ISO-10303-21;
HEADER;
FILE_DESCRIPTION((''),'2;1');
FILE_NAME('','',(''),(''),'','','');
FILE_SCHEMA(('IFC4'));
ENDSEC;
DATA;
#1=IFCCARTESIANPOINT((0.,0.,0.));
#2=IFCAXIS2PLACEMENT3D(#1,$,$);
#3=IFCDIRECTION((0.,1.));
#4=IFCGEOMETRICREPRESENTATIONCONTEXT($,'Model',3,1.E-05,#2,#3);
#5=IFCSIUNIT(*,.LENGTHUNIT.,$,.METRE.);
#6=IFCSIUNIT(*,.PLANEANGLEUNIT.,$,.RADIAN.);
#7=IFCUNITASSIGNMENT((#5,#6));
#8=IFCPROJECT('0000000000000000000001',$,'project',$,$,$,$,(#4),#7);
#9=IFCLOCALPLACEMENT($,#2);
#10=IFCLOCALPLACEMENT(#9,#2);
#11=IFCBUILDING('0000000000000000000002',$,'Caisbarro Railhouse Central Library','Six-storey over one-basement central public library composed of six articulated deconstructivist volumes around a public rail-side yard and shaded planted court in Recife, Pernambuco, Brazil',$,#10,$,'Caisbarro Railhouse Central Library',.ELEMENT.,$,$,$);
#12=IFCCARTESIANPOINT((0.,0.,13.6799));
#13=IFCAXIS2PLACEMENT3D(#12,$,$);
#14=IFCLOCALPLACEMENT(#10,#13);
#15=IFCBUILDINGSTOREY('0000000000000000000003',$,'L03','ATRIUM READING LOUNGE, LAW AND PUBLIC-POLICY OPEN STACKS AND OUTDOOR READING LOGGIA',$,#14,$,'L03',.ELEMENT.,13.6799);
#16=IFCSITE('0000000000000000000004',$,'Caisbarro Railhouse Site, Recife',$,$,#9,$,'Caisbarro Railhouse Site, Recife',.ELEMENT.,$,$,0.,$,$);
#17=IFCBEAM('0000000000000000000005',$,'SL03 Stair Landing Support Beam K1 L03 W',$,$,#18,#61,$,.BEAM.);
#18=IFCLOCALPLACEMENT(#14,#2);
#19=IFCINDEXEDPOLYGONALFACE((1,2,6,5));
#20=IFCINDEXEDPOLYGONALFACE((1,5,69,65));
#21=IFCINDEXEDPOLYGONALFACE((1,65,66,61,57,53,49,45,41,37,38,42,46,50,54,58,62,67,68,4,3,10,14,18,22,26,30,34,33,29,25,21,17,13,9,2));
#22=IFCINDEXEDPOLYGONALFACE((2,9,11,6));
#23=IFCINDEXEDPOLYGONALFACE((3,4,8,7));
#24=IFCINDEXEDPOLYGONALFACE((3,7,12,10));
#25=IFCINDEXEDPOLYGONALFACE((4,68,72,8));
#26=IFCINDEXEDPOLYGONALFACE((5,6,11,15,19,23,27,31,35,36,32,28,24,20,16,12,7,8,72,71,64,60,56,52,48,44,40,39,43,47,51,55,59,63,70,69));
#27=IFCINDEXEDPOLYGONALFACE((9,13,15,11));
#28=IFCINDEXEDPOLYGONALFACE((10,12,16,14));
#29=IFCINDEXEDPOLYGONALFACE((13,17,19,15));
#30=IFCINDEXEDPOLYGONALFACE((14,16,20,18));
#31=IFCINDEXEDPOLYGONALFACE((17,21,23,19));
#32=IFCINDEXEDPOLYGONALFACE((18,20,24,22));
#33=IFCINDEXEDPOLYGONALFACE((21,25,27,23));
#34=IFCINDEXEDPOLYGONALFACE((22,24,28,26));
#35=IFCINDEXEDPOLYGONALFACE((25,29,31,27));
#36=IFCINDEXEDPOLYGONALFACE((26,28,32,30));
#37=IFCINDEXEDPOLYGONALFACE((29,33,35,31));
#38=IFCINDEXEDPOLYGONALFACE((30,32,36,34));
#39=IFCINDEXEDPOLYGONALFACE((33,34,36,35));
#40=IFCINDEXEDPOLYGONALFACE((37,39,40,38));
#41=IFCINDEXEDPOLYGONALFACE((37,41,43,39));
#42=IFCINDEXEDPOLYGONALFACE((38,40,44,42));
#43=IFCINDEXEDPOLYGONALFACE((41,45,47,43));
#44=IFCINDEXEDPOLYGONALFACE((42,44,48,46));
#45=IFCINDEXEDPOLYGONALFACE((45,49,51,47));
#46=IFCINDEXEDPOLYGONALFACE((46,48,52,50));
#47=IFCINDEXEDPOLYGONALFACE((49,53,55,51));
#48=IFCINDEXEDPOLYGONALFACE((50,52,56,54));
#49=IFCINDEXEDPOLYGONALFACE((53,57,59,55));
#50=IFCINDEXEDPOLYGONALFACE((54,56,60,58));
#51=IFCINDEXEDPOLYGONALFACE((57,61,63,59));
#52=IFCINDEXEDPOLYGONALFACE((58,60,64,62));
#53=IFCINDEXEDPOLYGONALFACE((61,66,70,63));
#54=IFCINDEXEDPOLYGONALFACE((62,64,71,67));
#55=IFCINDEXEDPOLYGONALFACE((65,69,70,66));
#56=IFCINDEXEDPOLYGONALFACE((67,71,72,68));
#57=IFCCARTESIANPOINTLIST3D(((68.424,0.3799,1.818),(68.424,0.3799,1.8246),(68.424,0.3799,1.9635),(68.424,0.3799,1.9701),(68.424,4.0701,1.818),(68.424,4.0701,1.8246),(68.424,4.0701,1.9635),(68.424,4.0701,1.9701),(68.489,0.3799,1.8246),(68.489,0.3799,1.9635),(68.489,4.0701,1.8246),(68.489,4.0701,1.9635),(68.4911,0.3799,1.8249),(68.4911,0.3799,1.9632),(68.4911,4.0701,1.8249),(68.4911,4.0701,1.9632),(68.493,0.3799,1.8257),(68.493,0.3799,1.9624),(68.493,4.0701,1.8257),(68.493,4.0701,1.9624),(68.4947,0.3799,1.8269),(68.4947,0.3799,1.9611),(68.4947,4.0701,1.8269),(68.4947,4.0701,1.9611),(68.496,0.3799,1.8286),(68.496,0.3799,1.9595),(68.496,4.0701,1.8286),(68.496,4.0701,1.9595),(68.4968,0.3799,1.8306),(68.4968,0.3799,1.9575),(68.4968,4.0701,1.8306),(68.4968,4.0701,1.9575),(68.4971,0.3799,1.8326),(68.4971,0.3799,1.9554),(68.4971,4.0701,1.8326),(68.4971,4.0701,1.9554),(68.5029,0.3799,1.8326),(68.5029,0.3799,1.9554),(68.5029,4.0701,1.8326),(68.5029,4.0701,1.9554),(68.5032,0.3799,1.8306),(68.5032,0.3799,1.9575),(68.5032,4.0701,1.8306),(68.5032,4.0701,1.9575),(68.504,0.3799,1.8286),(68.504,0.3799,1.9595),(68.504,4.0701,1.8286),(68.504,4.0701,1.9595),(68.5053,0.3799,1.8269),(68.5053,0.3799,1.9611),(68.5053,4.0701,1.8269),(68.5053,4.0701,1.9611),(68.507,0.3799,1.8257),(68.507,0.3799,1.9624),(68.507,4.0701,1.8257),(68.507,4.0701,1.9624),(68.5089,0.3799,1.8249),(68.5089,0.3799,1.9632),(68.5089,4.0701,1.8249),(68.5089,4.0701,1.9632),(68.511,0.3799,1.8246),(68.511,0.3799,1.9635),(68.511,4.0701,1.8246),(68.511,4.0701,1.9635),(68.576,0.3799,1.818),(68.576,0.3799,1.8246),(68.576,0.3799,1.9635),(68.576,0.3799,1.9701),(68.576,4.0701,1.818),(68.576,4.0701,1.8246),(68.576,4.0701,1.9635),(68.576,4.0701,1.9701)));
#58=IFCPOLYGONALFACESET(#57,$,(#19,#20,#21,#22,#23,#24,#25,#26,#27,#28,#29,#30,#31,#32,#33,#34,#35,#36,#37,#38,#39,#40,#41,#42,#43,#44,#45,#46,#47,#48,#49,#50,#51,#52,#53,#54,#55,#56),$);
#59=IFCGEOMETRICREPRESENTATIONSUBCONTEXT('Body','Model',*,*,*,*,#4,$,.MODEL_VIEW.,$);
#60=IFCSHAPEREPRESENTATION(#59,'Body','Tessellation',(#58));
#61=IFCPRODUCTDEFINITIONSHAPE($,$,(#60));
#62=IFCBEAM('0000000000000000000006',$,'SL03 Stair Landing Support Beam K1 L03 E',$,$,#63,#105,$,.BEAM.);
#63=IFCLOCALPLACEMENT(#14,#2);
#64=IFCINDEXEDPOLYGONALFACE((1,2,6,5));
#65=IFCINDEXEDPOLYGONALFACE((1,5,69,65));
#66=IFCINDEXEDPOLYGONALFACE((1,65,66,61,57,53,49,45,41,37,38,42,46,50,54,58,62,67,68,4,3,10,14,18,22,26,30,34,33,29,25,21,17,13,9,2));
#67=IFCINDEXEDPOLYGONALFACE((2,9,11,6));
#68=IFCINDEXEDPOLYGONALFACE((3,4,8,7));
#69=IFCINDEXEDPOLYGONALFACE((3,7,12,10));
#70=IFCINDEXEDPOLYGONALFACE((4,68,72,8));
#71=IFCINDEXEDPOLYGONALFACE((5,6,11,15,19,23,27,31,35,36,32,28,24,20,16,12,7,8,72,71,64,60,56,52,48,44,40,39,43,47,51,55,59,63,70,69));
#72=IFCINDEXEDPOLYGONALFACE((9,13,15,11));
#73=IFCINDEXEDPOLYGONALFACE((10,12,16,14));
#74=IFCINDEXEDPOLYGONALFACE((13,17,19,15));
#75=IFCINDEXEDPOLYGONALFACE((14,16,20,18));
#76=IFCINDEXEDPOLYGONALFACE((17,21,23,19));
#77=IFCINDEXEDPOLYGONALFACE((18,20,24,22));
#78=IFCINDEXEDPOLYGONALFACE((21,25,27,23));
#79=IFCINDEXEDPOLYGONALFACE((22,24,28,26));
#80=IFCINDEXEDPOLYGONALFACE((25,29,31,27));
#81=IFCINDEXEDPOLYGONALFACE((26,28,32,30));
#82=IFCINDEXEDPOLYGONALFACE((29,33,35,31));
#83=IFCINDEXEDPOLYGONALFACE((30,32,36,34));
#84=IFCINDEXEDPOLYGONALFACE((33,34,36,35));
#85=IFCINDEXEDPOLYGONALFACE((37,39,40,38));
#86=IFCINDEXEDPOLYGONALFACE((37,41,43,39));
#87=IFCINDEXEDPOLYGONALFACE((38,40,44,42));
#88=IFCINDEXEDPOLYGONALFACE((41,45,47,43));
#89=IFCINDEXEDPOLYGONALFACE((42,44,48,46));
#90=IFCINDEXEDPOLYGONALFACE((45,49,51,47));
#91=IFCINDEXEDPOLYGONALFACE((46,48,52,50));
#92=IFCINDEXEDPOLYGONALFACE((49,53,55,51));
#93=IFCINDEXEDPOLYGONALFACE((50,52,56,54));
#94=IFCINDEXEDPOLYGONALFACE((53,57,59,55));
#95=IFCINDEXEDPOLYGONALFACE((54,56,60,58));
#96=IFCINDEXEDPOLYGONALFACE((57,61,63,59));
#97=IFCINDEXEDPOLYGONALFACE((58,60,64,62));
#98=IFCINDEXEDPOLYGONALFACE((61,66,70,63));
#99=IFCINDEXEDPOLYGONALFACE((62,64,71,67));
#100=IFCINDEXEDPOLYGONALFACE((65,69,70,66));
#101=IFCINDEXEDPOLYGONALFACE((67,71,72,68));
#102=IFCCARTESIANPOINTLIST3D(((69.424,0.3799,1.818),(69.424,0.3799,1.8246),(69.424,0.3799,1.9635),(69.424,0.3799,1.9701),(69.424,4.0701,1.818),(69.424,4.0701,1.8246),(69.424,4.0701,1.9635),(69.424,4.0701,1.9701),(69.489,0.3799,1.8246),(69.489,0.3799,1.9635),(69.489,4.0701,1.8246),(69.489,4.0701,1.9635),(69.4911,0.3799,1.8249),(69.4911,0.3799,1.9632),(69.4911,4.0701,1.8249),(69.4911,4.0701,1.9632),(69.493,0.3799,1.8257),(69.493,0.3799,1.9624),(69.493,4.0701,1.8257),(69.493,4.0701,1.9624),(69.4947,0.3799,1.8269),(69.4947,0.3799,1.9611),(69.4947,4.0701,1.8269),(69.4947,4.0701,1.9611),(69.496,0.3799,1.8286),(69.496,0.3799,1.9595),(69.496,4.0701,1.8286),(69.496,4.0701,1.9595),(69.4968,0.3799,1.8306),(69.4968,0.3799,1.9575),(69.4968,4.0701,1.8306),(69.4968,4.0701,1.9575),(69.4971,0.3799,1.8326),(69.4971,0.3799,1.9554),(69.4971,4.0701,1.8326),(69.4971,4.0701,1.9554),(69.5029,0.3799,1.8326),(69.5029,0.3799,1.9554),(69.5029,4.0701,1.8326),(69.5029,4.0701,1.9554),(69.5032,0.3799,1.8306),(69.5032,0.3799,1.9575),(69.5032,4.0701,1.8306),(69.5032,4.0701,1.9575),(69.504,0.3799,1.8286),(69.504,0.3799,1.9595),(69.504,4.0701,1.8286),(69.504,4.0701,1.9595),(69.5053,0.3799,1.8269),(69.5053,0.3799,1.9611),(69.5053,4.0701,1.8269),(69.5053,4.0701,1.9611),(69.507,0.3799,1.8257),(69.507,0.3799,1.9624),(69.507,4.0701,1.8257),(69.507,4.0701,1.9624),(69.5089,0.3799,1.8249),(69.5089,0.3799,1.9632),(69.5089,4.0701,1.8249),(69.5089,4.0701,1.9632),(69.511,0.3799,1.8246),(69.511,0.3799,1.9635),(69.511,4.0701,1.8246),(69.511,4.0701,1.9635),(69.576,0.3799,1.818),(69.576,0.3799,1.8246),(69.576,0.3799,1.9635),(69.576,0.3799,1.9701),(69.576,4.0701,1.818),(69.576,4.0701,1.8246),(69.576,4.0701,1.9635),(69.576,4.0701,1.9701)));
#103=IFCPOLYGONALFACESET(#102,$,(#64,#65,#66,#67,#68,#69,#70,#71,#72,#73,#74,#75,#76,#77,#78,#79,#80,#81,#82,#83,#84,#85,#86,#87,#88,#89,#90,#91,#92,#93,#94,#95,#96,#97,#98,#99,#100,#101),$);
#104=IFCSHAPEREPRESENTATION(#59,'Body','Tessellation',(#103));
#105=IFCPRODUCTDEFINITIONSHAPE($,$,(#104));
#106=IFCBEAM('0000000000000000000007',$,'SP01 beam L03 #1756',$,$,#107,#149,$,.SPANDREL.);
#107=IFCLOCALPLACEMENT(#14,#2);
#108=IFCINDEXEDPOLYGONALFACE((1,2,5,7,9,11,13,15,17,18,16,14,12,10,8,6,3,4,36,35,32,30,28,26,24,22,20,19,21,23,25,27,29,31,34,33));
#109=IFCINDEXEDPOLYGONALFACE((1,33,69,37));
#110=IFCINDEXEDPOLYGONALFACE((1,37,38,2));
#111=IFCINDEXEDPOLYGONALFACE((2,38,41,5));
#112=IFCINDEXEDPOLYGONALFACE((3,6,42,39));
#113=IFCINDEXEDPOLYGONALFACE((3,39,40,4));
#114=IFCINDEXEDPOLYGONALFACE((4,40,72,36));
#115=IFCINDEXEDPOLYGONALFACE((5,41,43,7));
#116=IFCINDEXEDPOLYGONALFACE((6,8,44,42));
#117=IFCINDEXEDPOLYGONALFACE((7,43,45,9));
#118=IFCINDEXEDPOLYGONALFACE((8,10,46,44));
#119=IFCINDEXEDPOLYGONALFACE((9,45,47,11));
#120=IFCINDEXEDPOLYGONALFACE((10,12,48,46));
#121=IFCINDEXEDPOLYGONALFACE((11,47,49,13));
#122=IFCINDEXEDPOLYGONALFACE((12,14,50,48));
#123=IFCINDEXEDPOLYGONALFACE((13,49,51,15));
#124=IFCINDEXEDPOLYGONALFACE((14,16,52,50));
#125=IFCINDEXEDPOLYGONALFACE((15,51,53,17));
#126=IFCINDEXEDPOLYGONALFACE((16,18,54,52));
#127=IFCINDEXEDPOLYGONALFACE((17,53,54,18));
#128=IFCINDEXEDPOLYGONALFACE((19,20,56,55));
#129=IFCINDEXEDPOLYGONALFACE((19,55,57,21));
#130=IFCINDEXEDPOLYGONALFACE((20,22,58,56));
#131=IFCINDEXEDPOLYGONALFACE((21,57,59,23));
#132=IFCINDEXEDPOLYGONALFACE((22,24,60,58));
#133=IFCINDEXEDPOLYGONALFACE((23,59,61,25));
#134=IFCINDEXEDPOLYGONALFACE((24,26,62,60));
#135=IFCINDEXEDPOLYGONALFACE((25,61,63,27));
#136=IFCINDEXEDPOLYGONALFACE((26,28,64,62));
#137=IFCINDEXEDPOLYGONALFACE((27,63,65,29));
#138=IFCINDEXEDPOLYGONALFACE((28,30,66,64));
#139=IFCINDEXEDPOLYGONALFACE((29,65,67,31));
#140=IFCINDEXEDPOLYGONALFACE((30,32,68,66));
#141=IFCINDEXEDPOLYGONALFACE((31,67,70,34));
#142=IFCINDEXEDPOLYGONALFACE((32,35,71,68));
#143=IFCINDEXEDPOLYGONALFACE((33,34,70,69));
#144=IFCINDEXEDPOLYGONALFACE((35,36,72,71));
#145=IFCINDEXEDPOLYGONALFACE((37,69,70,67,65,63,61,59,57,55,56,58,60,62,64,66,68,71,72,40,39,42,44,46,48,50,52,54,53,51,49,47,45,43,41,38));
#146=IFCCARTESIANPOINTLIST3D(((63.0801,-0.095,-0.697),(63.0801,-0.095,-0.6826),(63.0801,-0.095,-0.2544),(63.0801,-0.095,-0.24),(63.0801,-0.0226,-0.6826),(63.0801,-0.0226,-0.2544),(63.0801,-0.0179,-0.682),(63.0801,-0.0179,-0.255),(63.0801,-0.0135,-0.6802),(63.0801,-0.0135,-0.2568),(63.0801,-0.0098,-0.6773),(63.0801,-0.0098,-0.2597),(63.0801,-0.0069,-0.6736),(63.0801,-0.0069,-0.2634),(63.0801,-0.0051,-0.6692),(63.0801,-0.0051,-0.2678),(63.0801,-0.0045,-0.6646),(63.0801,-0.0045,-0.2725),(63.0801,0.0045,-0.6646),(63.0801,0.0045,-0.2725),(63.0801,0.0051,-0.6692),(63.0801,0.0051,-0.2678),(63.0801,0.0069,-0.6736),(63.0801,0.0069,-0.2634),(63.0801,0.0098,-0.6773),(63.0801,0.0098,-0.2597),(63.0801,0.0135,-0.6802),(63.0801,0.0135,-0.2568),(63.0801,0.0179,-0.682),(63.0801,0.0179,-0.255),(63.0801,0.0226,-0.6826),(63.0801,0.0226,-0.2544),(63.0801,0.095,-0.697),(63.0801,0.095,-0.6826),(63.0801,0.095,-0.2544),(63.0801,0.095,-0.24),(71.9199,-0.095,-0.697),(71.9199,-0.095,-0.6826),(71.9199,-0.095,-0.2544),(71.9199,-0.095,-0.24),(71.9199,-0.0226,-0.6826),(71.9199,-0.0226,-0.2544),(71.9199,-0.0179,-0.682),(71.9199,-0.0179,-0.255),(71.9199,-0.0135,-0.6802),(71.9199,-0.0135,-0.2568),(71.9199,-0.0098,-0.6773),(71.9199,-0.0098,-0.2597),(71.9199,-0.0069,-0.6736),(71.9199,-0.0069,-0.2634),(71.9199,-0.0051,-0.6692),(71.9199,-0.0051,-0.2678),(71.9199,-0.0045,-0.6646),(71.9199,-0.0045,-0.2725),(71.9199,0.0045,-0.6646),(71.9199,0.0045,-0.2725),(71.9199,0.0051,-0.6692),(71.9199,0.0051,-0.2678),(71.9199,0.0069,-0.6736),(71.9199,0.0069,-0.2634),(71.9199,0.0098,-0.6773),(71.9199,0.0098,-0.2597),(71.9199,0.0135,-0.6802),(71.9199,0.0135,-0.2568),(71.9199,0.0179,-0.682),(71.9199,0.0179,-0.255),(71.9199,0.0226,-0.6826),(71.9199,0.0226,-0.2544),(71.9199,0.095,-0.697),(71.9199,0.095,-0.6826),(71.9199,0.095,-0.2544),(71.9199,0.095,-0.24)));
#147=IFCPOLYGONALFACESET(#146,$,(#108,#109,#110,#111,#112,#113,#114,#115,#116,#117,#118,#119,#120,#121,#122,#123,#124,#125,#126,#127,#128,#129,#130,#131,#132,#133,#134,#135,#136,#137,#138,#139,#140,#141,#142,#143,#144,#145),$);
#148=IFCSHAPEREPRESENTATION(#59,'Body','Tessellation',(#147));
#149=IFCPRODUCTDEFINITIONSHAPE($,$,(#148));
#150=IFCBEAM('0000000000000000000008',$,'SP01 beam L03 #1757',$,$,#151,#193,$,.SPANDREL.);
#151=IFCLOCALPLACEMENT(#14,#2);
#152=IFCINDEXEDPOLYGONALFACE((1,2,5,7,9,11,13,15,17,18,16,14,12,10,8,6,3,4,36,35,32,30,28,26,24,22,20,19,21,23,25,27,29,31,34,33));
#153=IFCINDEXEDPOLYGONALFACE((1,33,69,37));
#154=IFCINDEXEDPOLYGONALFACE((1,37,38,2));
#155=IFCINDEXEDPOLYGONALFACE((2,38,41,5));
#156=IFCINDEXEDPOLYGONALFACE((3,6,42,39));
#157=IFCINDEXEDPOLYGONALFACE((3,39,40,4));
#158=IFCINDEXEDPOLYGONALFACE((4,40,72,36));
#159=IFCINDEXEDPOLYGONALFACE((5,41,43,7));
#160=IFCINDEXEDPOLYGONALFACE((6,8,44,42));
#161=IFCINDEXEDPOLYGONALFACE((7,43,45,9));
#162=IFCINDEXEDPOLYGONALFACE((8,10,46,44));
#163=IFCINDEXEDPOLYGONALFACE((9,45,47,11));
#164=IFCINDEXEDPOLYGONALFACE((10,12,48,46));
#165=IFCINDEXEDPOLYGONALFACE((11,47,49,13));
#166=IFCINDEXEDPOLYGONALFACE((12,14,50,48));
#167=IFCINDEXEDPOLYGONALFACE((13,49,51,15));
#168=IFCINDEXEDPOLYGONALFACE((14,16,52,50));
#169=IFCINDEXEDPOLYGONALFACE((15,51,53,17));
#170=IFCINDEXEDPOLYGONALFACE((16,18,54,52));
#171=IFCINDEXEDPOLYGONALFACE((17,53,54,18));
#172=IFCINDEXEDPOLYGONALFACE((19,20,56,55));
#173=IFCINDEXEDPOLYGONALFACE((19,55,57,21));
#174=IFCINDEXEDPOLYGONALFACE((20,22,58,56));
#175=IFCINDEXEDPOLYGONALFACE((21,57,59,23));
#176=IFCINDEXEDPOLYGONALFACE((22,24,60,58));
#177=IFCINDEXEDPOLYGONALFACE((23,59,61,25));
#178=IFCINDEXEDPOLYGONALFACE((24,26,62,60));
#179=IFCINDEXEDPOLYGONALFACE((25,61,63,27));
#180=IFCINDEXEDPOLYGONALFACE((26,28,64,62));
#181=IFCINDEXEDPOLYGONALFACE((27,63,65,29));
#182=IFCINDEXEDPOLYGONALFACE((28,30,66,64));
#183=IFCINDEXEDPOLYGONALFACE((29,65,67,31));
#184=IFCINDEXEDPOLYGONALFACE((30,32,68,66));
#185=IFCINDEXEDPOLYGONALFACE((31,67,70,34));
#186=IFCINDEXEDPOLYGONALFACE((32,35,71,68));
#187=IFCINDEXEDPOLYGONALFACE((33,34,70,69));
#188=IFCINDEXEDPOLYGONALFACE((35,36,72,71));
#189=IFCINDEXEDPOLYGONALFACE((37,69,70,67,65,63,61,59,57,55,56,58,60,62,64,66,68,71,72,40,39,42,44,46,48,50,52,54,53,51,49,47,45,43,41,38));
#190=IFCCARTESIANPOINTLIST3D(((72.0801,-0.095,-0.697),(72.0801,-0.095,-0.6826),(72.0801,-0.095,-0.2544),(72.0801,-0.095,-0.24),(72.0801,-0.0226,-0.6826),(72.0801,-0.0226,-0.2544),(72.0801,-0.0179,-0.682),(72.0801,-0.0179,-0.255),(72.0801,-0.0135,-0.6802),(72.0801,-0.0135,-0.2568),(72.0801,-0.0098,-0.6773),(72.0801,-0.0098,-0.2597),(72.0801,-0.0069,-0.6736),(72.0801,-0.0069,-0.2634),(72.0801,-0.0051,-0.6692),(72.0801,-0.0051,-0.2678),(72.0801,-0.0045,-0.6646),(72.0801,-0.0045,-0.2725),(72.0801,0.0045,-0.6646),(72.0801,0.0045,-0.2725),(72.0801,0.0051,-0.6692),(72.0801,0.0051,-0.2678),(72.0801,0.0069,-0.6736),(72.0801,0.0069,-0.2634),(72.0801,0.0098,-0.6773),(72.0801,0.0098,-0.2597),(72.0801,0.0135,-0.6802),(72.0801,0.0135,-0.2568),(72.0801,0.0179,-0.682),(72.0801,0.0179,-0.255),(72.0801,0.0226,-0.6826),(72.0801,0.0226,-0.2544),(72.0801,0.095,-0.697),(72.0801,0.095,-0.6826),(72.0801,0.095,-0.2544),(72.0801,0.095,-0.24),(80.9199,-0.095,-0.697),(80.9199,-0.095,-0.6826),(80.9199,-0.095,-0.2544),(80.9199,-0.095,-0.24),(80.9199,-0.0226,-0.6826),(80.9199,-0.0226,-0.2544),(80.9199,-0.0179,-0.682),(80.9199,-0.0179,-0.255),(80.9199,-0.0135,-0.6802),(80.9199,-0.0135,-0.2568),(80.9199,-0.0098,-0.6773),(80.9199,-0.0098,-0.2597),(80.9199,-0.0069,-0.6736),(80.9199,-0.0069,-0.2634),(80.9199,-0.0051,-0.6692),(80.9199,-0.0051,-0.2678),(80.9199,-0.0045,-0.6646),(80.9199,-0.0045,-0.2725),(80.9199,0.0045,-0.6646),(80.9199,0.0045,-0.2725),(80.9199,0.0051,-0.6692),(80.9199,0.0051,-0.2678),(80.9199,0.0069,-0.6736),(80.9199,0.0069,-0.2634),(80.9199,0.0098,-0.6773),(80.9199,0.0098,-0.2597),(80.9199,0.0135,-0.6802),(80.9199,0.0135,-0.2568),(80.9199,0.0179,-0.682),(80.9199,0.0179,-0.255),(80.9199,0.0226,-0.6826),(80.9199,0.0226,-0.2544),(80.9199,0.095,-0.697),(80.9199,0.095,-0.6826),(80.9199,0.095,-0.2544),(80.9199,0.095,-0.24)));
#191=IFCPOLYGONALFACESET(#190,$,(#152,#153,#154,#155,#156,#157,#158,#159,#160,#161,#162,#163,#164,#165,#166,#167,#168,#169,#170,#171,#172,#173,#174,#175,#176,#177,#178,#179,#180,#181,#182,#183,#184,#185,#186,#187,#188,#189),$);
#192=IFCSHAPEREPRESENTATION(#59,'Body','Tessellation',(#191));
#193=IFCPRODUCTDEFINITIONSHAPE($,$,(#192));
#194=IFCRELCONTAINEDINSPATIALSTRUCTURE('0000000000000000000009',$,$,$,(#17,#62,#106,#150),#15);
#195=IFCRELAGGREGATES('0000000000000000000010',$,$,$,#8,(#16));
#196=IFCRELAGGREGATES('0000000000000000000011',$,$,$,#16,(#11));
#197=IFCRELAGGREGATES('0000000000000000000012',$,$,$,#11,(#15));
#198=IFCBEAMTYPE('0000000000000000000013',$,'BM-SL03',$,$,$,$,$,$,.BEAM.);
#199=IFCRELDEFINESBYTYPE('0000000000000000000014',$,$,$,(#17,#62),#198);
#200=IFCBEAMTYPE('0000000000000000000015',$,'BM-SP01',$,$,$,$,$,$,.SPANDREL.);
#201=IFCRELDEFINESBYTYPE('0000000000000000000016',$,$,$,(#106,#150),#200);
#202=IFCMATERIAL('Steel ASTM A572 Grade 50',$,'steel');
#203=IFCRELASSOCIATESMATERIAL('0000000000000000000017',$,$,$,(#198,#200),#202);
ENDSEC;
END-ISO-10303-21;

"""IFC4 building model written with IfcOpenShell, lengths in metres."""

from ifc_helpers import new_model, si_unit, direction, frame, origin, origin_2d, place, context, subcontext, project, spatial, i_section, extrude, material, material_profile, profile_set, type_object, element, save


model = new_model("IFC4")

# Units and contexts
model_context = context("Model", 3, precision=1e-05, world=origin(), true_north=direction((0.0, 1.0)))
body_context = subcontext(model_context, "Body", "Model", "MODEL_VIEW")
ifc_project = project(units=[si_unit("LENGTHUNIT", "METRE"), si_unit("PLANEANGLEUNIT", "RADIAN")], contexts=[model_context])

# Site, building, storey
site_placement = place(None, origin())
site = spatial("IfcSite", under=ifc_project, at=site_placement, Name="Caisbarro Railhouse Site, Recife", LongName="Caisbarro Railhouse Site, Recife", CompositionType="ELEMENT", RefElevation=0.0)
building_placement = place(site_placement, origin())
building = spatial("IfcBuilding", under=site, at=building_placement, Name="Caisbarro Railhouse Central Library", Description="Six-storey over one-basement central public library composed of six articulated deconstructivist volumes around a public rail-side yard and shaded planted court in Recife, Pernambuco, Brazil", LongName="Caisbarro Railhouse Central Library", CompositionType="ELEMENT")
storey_placement = place(building_placement, frame((0.0, 0.0, 13.6799)))
storey = spatial("IfcBuildingStorey", under=building, at=storey_placement, Name="L03", Description="ATRIUM READING LOUNGE, LAW AND PUBLIC-POLICY OPEN STACKS AND OUTDOOR READING LOGGIA", LongName="L03", CompositionType="ELEMENT", Elevation=13.6799)

# Shared definitions
ifc_material_1 = material(Name="Steel ASTM A572 Grade 50", Category="steel")

# Beams
ifc_material_profile_1 = material_profile(ifc_material_1, i_section(OverallWidth=0.1521, OverallDepth=0.1521, WebThickness=0.0059, FlangeThickness=0.0066, FilletRadius=0.0081, at=origin_2d()), Name="W150X22.5")
ifc_profile_set_1 = profile_set([ifc_material_profile_1], Name="Steel ASTM A572 Grade 50")
beam_type_1 = type_object("IfcBeamType", Name="BM-SL03", PredefinedType="BEAM", material=ifc_profile_set_1)
for number, where, z_axis, x_axis, name in (
    (1, (68.5, 0.3799, 1.894), (0.0, 1.0, 0.0), (-1.0, 0.0, 0.0), "SL03 Stair Landing Support Beam K1 L03 W"),
    (2, (69.5, 0.3799, 1.894), (0.0, 1.0, 0.0), (-1.0, 0.0, 0.0), "SL03 Stair Landing Support Beam K1 L03 E"),
):
    element("IfcBeam", number, at=place(storey_placement, frame(where, z_axis=z_axis, x_axis=x_axis)), inside=storey, type_object=beam_type_1, Name=name, PredefinedType="BEAM", context=body_context, shape_type="SweptSolid", body=[
        extrude(i_section(OverallWidth=0.1521, OverallDepth=0.1521, WebThickness=0.0059, FlangeThickness=0.0066, FilletRadius=0.0081, at=origin_2d()), origin(), (0.0, 0.0, 1.0), 3.6902),
    ])
ifc_material_profile_2 = material_profile(ifc_material_1, i_section(OverallWidth=0.1899, OverallDepth=0.457, WebThickness=0.009, FlangeThickness=0.0144, FilletRadius=0.0181, at=origin_2d()), Name="W460X74.0")
ifc_profile_set_2 = profile_set([ifc_material_profile_2], Name="Steel ASTM A572 Grade 50")
beam_type_2 = type_object("IfcBeamType", Name="BM-SP01", PredefinedType="SPANDREL", material=ifc_profile_set_2)
for number, where, z_axis, x_axis, name in (
    (3, (63.0801, 0.0, -0.4685), (1.0, 0.0, 0.0), (0.0, 1.0, 0.0), "SP01 beam L03 #1756"),
    (4, (72.0801, 0.0, -0.4685), (1.0, 0.0, 0.0), (0.0, 1.0, 0.0), "SP01 beam L03 #1757"),
):
    element("IfcBeam", number, at=place(storey_placement, frame(where, z_axis=z_axis, x_axis=x_axis)), inside=storey, type_object=beam_type_2, Name=name, PredefinedType="SPANDREL", context=body_context, shape_type="SweptSolid", body=[
        extrude(i_section(OverallWidth=0.1899, OverallDepth=0.457, WebThickness=0.009, FlangeThickness=0.0144, FilletRadius=0.0181, at=origin_2d()), origin(), (0.0, 0.0, 1.0), 8.8398),
    ])

save(model, "model.ifc")
